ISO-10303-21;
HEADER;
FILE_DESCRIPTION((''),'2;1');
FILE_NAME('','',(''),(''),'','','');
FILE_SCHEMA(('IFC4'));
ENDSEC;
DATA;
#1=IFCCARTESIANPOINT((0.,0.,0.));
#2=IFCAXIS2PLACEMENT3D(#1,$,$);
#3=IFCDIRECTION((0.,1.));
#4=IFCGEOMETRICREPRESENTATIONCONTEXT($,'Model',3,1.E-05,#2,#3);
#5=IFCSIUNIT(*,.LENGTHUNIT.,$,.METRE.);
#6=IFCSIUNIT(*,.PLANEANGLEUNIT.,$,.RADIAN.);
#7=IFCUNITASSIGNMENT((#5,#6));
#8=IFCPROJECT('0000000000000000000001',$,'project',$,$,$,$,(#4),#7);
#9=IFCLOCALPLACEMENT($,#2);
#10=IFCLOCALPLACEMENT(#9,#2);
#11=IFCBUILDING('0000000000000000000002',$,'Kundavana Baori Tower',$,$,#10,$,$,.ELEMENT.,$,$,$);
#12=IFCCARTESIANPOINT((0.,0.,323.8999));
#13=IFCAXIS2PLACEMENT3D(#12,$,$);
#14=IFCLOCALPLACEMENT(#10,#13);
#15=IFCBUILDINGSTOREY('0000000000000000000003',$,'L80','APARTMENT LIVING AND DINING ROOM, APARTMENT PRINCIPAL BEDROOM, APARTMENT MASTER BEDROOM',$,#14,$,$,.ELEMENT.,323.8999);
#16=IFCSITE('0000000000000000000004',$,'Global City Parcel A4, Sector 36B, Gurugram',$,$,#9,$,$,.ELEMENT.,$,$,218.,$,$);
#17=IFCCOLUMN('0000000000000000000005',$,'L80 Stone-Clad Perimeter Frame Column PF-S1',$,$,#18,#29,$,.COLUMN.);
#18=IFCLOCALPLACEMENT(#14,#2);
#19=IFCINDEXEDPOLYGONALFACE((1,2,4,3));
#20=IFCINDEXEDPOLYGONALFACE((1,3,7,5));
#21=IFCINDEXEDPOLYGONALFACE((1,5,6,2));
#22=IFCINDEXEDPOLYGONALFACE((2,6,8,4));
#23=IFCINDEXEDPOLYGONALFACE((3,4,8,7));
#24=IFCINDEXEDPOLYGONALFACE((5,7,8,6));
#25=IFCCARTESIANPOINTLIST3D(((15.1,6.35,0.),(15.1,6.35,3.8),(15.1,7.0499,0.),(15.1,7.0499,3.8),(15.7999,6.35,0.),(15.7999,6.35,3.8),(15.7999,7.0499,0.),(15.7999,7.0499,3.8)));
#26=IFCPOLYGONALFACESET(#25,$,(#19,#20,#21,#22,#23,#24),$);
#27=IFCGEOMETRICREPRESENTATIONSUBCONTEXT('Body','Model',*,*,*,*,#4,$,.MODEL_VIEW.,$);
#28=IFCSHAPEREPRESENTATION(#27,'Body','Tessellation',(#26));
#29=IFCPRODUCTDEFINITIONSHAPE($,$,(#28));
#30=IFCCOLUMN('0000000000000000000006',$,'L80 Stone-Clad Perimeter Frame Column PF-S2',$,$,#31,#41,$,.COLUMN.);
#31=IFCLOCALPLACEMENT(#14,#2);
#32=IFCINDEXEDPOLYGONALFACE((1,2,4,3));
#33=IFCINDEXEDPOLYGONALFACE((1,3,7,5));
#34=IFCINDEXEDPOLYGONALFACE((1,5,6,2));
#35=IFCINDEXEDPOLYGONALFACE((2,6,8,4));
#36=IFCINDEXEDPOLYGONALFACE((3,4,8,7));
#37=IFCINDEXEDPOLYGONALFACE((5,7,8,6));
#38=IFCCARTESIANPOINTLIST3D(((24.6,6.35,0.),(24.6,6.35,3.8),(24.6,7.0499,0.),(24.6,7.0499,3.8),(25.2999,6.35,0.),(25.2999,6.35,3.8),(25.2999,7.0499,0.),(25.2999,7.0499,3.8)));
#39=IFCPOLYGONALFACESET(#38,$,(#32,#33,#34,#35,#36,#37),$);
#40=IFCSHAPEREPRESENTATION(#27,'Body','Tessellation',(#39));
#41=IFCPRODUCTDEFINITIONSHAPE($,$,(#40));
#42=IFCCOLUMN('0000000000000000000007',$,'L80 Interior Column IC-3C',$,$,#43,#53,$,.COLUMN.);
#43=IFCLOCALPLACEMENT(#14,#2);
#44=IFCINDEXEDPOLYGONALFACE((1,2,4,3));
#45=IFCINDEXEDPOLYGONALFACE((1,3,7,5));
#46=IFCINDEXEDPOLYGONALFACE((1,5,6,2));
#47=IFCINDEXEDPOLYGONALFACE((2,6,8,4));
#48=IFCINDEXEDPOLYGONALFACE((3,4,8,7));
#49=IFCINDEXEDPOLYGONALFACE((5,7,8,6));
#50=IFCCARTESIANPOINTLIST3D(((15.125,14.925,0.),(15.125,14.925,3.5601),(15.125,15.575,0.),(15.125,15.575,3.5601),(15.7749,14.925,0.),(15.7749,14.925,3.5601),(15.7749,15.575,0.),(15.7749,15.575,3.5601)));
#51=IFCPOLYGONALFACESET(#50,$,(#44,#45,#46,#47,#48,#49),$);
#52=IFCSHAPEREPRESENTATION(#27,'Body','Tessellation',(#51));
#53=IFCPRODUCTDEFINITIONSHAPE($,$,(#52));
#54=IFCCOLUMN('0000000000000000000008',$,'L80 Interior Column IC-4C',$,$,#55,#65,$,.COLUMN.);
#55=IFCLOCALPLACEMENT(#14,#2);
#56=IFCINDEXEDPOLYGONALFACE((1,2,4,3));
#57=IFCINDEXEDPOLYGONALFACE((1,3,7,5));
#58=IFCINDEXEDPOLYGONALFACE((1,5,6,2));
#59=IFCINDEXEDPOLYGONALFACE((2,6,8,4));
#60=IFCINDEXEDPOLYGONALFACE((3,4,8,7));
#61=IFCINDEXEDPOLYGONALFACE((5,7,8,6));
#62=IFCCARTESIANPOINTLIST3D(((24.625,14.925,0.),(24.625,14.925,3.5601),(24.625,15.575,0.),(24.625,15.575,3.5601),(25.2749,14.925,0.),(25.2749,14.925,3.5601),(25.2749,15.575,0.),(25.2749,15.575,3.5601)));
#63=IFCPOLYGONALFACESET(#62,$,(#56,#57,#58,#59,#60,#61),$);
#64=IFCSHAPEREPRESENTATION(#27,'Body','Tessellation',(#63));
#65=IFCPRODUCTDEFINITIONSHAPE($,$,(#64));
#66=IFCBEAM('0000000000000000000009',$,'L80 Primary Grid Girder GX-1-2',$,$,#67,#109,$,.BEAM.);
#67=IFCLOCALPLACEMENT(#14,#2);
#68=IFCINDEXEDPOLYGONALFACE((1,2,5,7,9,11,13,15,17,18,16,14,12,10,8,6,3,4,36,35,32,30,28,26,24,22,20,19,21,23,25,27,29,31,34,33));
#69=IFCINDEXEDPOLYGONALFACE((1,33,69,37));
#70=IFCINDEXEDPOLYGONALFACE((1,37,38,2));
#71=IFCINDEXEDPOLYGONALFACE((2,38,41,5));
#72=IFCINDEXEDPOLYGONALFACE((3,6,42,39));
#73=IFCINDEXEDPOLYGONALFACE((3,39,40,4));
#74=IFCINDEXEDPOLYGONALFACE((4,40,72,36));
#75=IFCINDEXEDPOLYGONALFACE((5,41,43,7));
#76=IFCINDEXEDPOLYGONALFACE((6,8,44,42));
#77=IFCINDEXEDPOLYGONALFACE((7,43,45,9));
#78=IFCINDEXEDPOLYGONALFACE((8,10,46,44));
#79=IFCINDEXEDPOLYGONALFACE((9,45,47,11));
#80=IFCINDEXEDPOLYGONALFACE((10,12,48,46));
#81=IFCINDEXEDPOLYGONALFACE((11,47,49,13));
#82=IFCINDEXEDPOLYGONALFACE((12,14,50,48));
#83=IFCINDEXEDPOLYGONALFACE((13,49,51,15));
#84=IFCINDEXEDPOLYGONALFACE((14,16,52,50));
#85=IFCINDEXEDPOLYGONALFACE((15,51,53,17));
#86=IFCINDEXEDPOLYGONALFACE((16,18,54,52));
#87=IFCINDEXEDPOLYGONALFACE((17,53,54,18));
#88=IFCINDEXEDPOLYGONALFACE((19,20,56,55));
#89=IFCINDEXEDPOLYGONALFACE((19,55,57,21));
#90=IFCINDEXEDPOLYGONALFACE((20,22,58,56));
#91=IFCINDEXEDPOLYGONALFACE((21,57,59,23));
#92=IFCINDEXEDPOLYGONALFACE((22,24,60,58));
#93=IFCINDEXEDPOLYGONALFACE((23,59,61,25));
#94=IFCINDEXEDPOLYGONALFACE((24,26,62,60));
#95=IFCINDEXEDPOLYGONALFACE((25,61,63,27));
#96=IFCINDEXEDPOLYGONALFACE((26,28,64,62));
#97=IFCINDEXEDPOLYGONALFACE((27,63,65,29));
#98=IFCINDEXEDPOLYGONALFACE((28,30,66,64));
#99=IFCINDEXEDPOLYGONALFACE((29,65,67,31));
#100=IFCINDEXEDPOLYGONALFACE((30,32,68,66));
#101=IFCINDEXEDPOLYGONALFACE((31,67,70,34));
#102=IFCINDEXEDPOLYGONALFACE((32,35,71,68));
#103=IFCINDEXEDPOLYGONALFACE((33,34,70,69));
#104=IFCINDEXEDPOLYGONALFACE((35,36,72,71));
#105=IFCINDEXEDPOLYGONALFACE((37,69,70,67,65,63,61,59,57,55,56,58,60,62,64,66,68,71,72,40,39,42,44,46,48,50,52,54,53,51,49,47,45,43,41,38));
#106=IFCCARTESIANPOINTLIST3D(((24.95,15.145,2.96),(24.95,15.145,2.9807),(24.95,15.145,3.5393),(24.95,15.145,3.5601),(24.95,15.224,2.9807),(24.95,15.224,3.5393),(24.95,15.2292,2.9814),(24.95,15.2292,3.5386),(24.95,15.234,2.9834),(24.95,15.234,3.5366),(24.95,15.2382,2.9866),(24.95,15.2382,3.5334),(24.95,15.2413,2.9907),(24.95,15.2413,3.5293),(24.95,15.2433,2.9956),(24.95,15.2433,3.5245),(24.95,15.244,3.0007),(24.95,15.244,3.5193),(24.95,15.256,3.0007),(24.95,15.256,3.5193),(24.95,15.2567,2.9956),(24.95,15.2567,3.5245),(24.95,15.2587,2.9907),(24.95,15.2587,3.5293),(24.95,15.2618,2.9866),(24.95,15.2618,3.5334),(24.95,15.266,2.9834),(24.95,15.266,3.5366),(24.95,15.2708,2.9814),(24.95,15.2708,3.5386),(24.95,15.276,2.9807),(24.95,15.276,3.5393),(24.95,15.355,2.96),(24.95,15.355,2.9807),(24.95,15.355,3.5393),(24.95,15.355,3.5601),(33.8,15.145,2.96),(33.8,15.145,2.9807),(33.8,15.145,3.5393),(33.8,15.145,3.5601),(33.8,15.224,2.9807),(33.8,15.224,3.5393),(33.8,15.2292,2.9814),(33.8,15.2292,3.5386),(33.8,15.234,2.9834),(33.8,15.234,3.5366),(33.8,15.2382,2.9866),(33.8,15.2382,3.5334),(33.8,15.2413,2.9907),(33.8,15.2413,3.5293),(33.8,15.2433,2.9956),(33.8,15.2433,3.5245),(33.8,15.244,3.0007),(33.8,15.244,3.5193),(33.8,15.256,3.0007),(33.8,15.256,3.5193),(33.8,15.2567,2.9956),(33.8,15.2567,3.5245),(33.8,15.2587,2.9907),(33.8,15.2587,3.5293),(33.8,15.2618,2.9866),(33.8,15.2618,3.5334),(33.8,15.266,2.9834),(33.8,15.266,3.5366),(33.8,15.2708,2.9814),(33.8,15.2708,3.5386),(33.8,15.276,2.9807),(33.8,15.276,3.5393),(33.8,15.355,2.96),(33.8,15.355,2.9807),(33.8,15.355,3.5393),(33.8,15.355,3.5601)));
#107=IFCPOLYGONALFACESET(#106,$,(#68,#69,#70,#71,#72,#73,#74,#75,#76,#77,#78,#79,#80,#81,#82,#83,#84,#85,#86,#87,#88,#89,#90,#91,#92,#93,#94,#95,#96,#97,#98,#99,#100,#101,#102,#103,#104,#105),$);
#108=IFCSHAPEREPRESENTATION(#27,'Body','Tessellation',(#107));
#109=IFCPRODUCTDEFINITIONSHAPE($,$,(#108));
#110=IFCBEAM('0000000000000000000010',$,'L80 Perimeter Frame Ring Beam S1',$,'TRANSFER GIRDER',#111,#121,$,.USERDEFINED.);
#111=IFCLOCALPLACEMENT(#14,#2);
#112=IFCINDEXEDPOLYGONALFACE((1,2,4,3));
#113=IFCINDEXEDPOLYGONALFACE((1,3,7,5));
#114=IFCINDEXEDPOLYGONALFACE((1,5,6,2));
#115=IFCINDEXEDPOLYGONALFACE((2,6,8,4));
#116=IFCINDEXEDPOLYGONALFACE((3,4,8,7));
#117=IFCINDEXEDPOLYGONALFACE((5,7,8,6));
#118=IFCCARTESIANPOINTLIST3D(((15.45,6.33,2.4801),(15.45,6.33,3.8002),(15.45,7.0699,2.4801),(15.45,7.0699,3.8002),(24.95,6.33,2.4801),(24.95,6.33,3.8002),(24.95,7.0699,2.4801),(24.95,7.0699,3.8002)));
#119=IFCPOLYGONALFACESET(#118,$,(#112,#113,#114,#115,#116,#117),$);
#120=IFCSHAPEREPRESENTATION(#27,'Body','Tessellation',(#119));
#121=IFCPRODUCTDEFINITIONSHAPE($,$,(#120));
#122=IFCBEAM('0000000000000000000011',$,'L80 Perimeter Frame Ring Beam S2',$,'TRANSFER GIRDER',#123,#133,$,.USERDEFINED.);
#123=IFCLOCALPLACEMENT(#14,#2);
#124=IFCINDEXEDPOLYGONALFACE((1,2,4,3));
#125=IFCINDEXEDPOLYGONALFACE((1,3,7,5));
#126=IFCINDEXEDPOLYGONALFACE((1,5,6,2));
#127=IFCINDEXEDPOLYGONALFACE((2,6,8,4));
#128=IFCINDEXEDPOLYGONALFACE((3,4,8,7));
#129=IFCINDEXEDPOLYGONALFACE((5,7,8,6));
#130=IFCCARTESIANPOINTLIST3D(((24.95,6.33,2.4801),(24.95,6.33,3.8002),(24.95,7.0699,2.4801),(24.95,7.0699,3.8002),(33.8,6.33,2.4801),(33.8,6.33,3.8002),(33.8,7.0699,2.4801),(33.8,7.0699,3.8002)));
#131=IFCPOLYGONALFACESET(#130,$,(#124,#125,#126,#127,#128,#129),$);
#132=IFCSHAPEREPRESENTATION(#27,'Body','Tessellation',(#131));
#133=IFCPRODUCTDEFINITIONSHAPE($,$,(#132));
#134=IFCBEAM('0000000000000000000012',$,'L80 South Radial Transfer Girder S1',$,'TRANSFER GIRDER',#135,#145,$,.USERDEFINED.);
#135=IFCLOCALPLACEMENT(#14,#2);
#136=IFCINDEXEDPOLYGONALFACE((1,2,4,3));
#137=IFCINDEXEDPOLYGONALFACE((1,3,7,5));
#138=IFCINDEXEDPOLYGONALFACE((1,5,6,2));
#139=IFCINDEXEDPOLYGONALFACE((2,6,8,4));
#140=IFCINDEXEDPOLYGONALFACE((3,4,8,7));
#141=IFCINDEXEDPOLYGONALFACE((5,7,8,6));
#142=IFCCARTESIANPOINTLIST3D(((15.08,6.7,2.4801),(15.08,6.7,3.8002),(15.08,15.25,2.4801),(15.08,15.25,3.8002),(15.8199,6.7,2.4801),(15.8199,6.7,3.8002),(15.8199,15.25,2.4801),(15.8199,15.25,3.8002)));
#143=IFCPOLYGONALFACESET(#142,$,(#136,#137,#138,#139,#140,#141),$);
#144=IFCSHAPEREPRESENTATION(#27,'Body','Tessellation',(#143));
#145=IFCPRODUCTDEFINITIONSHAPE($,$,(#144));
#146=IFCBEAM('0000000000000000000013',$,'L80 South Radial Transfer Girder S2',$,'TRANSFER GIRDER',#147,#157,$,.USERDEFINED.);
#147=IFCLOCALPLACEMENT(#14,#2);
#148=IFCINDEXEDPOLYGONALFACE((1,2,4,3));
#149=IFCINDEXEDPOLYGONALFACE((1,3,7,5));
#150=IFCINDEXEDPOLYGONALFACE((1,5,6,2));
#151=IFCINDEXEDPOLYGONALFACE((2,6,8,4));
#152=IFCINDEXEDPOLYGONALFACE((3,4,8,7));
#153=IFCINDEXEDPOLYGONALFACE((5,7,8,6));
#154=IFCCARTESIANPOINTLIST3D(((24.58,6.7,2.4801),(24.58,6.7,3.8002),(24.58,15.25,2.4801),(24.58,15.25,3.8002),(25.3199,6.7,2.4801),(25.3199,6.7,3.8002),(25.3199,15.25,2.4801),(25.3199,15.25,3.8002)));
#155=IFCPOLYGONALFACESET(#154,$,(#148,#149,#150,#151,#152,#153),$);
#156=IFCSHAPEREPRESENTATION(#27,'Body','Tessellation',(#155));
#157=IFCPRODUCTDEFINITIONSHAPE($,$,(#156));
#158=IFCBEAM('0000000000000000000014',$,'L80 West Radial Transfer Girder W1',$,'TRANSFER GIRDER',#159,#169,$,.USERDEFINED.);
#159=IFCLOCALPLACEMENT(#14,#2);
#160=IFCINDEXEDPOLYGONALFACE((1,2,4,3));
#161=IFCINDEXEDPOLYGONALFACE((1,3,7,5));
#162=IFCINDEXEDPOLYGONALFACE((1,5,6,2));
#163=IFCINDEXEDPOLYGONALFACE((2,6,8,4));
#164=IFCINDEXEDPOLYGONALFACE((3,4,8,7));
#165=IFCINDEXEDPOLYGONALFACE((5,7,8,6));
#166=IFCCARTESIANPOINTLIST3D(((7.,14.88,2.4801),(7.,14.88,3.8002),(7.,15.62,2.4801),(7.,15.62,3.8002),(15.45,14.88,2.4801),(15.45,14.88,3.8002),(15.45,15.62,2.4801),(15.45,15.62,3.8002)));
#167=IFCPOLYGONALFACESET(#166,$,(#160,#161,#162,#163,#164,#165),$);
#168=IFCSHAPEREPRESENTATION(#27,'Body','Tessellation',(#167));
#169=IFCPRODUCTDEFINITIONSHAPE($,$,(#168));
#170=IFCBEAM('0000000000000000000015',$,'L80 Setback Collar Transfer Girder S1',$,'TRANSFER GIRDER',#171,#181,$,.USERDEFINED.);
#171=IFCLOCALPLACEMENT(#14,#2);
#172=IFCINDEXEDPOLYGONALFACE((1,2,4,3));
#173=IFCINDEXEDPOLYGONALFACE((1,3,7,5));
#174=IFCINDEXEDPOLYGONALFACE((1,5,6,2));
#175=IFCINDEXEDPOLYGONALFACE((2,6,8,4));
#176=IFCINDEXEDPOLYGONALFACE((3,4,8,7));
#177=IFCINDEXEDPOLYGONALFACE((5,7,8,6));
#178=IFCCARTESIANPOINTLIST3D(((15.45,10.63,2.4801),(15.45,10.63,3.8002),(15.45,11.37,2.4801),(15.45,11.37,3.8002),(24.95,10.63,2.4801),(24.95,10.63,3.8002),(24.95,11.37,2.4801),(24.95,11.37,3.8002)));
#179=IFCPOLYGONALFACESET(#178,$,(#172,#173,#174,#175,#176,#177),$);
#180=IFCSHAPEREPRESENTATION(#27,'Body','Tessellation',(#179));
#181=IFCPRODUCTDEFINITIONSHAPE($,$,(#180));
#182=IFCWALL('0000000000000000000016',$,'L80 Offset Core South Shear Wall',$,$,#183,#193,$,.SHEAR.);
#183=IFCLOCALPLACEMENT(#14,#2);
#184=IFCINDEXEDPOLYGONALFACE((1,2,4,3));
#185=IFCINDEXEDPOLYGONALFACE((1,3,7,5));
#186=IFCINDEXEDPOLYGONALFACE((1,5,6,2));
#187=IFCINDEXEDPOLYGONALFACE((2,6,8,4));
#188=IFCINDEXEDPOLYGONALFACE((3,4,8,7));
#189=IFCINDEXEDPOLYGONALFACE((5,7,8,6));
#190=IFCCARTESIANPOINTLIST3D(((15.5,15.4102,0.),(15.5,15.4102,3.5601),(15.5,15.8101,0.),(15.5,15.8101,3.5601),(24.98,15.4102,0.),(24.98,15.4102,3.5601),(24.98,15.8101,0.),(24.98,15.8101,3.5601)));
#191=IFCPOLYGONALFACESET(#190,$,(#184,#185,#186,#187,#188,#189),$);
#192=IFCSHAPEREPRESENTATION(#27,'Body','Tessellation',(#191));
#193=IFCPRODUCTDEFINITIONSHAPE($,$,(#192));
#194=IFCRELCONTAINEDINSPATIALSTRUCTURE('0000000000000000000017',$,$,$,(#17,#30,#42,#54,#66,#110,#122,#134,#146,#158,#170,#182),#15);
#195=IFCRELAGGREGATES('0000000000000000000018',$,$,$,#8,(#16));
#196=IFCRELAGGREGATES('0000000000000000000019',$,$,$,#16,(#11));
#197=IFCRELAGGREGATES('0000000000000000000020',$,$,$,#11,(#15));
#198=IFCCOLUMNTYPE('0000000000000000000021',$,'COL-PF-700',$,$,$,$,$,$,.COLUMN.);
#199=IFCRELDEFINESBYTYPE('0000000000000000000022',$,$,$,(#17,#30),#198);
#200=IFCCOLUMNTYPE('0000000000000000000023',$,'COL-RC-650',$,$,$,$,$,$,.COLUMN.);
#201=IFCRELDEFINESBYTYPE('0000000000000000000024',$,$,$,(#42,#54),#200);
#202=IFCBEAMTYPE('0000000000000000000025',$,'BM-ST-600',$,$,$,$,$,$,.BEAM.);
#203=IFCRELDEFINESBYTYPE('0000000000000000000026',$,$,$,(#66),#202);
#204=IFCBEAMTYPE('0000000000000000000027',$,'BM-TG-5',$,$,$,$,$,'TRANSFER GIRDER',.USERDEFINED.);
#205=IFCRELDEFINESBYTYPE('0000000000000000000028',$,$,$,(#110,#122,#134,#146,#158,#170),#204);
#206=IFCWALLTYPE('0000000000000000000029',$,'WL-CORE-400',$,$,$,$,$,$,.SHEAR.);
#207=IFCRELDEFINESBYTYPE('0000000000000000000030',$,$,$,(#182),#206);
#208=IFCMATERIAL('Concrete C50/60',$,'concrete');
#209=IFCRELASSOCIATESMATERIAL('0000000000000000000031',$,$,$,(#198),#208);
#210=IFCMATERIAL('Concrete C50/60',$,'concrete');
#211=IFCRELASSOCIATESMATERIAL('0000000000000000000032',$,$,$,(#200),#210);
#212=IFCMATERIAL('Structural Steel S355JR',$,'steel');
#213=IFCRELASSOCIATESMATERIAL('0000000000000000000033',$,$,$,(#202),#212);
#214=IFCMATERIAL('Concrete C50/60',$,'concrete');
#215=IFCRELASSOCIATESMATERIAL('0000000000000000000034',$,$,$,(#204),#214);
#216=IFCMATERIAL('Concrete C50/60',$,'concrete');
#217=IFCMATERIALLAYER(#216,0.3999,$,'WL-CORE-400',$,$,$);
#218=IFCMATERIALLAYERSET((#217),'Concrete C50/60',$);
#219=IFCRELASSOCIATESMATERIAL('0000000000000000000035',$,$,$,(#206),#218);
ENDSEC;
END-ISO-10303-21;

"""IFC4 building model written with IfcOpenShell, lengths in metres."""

from ifc_helpers import new_model, si_unit, direction, frame, frame_2d, origin, origin_2d, place, context, subcontext, project, spatial, rectangle, i_section, extrude, material, layer, layer_set, material_profile, profile_set, type_object, element, save


model = new_model("IFC4")

# Units and contexts
model_context = context("Model", 3, precision=1e-05, world=origin(), true_north=direction((0.0, 1.0)))
body_context = subcontext(model_context, "Body", "Model", "MODEL_VIEW")
ifc_project = project(units=[si_unit("LENGTHUNIT", "METRE"), si_unit("PLANEANGLEUNIT", "RADIAN")], contexts=[model_context])

# Site, building, storey
site_placement = place(None, origin())
site = spatial("IfcSite", under=ifc_project, at=site_placement, Name="Global City Parcel A4, Sector 36B, Gurugram", CompositionType="ELEMENT", RefElevation=218.0)
building_placement = place(site_placement, origin())
building = spatial("IfcBuilding", under=site, at=building_placement, Name="Kundavana Baori Tower", CompositionType="ELEMENT")
storey_placement = place(building_placement, frame((0.0, 0.0, 323.8999)))
storey = spatial("IfcBuildingStorey", under=building, at=storey_placement, Name="L80", Description="APARTMENT LIVING AND DINING ROOM, APARTMENT PRINCIPAL BEDROOM, APARTMENT MASTER BEDROOM", CompositionType="ELEMENT", Elevation=323.8999)

# Columns
ifc_material_1 = material(Name="Concrete C50/60", Category="concrete")
ifc_material_profile_1 = material_profile(ifc_material_1, rectangle(XDim=0.7, YDim=0.7, at=origin_2d()), Name="RC PF 700x700")
ifc_profile_set_1 = profile_set([ifc_material_profile_1], Name="Concrete C50/60")
column_type_1 = type_object("IfcColumnType", Name="COL-PF-700", PredefinedType="COLUMN", material=ifc_profile_set_1)
for number, where, z_axis, x_axis, name in (
    (1, (15.45, 6.7, 0.0), (0.0, 0.0, 1.0), (1.0, 0.0, 0.0), "L80 Stone-Clad Perimeter Frame Column PF-S1"),
    (2, (24.95, 6.7, 0.0), (0.0, 0.0, 1.0), (1.0, 0.0, 0.0), "L80 Stone-Clad Perimeter Frame Column PF-S2"),
):
    element("IfcColumn", number, at=place(storey_placement, frame(where, z_axis=z_axis, x_axis=x_axis)), inside=storey, type_object=column_type_1, Name=name, PredefinedType="COLUMN", context=body_context, shape_type="SweptSolid", body=[
        extrude(rectangle(XDim=0.7, YDim=0.7, at=origin_2d()), origin(), (0.0, 0.0, 1.0), 3.8),
    ])
ifc_material_2 = material(Name="Concrete C50/60", Category="concrete")
ifc_material_profile_2 = material_profile(ifc_material_2, rectangle(XDim=0.6499, YDim=0.6499, at=origin_2d()), Name="RC 650x650")
ifc_profile_set_2 = profile_set([ifc_material_profile_2], Name="Concrete C50/60")
column_type_2 = type_object("IfcColumnType", Name="COL-RC-650", PredefinedType="COLUMN", material=ifc_profile_set_2)
for number, where, z_axis, x_axis, name in (
    (3, (15.45, 15.25, 0.0), (0.0, 0.0, 1.0), (1.0, 0.0, 0.0), "L80 Interior Column IC-3C"),
    (4, (24.95, 15.25, 0.0), (0.0, 0.0, 1.0), (1.0, 0.0, 0.0), "L80 Interior Column IC-4C"),
):
    element("IfcColumn", number, at=place(storey_placement, frame(where, z_axis=z_axis, x_axis=x_axis)), inside=storey, type_object=column_type_2, Name=name, PredefinedType="COLUMN", context=body_context, shape_type="SweptSolid", body=[
        extrude(rectangle(XDim=0.6499, YDim=0.6499, at=origin_2d()), origin(), (0.0, 0.0, 1.0), 3.5601),
    ])

# Beams
ifc_material_3 = material(Name="Structural Steel S355JR", Category="steel")
ifc_material_profile_3 = material_profile(ifc_material_3, i_section(OverallWidth=0.21, OverallDepth=0.6001, WebThickness=0.012, FlangeThickness=0.0208, FilletRadius=0.02, at=origin_2d()), Name="ISMB 600")
ifc_profile_set_3 = profile_set([ifc_material_profile_3], Name="Structural Steel S355JR")
beam_type_1 = type_object("IfcBeamType", Name="BM-ST-600", PredefinedType="BEAM", material=ifc_profile_set_3)
beam_1_placement = place(storey_placement, frame((24.95, 15.25, 3.26), z_axis=(1.0, 0.0, 0.0), x_axis=(0.0, 1.0, 0.0)))
element("IfcBeam", 5, at=beam_1_placement, inside=storey, type_object=beam_type_1, Name="L80 Primary Grid Girder GX-1-2", PredefinedType="BEAM", context=body_context, shape_type="SweptSolid", body=[
    extrude(i_section(OverallWidth=0.21, OverallDepth=0.6001, WebThickness=0.012, FlangeThickness=0.0208, FilletRadius=0.02, at=origin_2d()), origin(), (0.0, 0.0, 1.0), 8.8501),
])
ifc_material_4 = material(Name="Concrete C50/60", Category="concrete")
ifc_material_profile_4 = material_profile(ifc_material_4, rectangle(XDim=0.74, YDim=1.3201, at=origin_2d()), Name="BM-TG-5")
ifc_profile_set_4 = profile_set([ifc_material_profile_4], Name="Concrete C50/60")
beam_type_2 = type_object("IfcBeamType", Name="BM-TG-5", ElementType="TRANSFER GIRDER", PredefinedType="USERDEFINED", material=ifc_profile_set_4)
beam_2_placement = place(storey_placement, frame((15.45, 6.7, 3.1401), z_axis=(1.0, 0.0, 0.0), x_axis=(0.0, 1.0, 0.0)))
element("IfcBeam", 6, at=beam_2_placement, inside=storey, type_object=beam_type_2, Name="L80 Perimeter Frame Ring Beam S1", ObjectType="TRANSFER GIRDER", PredefinedType="USERDEFINED", context=body_context, shape_type="SweptSolid", body=[
    extrude(rectangle(XDim=0.74, YDim=1.3201, at=origin_2d()), origin(), (0.0, 0.0, 1.0), 9.5),
])
beam_3_placement = place(storey_placement, frame((24.95, 6.7, 3.1401), z_axis=(1.0, 0.0, 0.0), x_axis=(0.0, 1.0, 0.0)))
element("IfcBeam", 7, at=beam_3_placement, inside=storey, type_object=beam_type_2, Name="L80 Perimeter Frame Ring Beam S2", ObjectType="TRANSFER GIRDER", PredefinedType="USERDEFINED", context=body_context, shape_type="SweptSolid", body=[
    extrude(rectangle(XDim=0.74, YDim=1.3201, at=origin_2d()), origin(), (0.0, 0.0, 1.0), 8.8501),
])
for number, where, z_axis, x_axis, name in (
    (8, (15.45, 15.25, 3.1401), (0.0, -1.0, 0.0), (1.0, 0.0, 0.0), "L80 South Radial Transfer Girder S1"),
    (9, (24.95, 15.25, 3.1401), (0.0, -1.0, 0.0), (1.0, 0.0, 0.0), "L80 South Radial Transfer Girder S2"),
):
    element("IfcBeam", number, at=place(storey_placement, frame(where, z_axis=z_axis, x_axis=x_axis)), inside=storey, type_object=beam_type_2, Name=name, ObjectType="TRANSFER GIRDER", PredefinedType="USERDEFINED", context=body_context, shape_type="SweptSolid", body=[
        extrude(rectangle(XDim=0.74, YDim=1.3201, at=origin_2d()), origin(), (0.0, 0.0, 1.0), 8.55),
    ])
beam_4_placement = place(storey_placement, frame((15.45, 15.25, 3.1401), z_axis=(-1.0, 0.0, 0.0), x_axis=(0.0, -1.0, 0.0)))
element("IfcBeam", 10, at=beam_4_placement, inside=storey, type_object=beam_type_2, Name="L80 West Radial Transfer Girder W1", ObjectType="TRANSFER GIRDER", PredefinedType="USERDEFINED", context=body_context, shape_type="SweptSolid", body=[
    extrude(rectangle(XDim=0.74, YDim=1.3201, at=origin_2d()), origin(), (0.0, 0.0, 1.0), 8.45),
])
beam_5_placement = place(storey_placement, frame((15.45, 11.0, 3.1401), z_axis=(1.0, 0.0, 0.0), x_axis=(0.0, 1.0, 0.0)))
element("IfcBeam", 11, at=beam_5_placement, inside=storey, type_object=beam_type_2, Name="L80 Setback Collar Transfer Girder S1", ObjectType="TRANSFER GIRDER", PredefinedType="USERDEFINED", context=body_context, shape_type="SweptSolid", body=[
    extrude(rectangle(XDim=0.74, YDim=1.3201, at=origin_2d()), origin(), (0.0, 0.0, 1.0), 9.5),
])

# Wall
ifc_material_5 = material(Name="Concrete C50/60", Category="concrete")
ifc_layer_1 = layer(ifc_material_5, 0.3999, Name="WL-CORE-400")
ifc_layer_set_1 = layer_set([ifc_layer_1], Name="Concrete C50/60")
wall_type_1 = type_object("IfcWallType", Name="WL-CORE-400", PredefinedType="SHEAR", material=ifc_layer_set_1)
wall_1_placement = place(storey_placement, frame((15.5, 15.6101, 0.0), z_axis=(0.0, 0.0, 1.0), x_axis=(1.0, 0.0, 0.0)))
element("IfcWall", 12, at=wall_1_placement, inside=storey, type_object=wall_type_1, Name="L80 Offset Core South Shear Wall", PredefinedType="SHEAR", context=body_context, shape_type="SweptSolid", body=[
    extrude(rectangle(XDim=9.48, YDim=0.3999, at=frame_2d((4.74, 0.0))), origin(), (0.0, 0.0, 1.0), 3.5601),
])

save(model, "model.ifc")
